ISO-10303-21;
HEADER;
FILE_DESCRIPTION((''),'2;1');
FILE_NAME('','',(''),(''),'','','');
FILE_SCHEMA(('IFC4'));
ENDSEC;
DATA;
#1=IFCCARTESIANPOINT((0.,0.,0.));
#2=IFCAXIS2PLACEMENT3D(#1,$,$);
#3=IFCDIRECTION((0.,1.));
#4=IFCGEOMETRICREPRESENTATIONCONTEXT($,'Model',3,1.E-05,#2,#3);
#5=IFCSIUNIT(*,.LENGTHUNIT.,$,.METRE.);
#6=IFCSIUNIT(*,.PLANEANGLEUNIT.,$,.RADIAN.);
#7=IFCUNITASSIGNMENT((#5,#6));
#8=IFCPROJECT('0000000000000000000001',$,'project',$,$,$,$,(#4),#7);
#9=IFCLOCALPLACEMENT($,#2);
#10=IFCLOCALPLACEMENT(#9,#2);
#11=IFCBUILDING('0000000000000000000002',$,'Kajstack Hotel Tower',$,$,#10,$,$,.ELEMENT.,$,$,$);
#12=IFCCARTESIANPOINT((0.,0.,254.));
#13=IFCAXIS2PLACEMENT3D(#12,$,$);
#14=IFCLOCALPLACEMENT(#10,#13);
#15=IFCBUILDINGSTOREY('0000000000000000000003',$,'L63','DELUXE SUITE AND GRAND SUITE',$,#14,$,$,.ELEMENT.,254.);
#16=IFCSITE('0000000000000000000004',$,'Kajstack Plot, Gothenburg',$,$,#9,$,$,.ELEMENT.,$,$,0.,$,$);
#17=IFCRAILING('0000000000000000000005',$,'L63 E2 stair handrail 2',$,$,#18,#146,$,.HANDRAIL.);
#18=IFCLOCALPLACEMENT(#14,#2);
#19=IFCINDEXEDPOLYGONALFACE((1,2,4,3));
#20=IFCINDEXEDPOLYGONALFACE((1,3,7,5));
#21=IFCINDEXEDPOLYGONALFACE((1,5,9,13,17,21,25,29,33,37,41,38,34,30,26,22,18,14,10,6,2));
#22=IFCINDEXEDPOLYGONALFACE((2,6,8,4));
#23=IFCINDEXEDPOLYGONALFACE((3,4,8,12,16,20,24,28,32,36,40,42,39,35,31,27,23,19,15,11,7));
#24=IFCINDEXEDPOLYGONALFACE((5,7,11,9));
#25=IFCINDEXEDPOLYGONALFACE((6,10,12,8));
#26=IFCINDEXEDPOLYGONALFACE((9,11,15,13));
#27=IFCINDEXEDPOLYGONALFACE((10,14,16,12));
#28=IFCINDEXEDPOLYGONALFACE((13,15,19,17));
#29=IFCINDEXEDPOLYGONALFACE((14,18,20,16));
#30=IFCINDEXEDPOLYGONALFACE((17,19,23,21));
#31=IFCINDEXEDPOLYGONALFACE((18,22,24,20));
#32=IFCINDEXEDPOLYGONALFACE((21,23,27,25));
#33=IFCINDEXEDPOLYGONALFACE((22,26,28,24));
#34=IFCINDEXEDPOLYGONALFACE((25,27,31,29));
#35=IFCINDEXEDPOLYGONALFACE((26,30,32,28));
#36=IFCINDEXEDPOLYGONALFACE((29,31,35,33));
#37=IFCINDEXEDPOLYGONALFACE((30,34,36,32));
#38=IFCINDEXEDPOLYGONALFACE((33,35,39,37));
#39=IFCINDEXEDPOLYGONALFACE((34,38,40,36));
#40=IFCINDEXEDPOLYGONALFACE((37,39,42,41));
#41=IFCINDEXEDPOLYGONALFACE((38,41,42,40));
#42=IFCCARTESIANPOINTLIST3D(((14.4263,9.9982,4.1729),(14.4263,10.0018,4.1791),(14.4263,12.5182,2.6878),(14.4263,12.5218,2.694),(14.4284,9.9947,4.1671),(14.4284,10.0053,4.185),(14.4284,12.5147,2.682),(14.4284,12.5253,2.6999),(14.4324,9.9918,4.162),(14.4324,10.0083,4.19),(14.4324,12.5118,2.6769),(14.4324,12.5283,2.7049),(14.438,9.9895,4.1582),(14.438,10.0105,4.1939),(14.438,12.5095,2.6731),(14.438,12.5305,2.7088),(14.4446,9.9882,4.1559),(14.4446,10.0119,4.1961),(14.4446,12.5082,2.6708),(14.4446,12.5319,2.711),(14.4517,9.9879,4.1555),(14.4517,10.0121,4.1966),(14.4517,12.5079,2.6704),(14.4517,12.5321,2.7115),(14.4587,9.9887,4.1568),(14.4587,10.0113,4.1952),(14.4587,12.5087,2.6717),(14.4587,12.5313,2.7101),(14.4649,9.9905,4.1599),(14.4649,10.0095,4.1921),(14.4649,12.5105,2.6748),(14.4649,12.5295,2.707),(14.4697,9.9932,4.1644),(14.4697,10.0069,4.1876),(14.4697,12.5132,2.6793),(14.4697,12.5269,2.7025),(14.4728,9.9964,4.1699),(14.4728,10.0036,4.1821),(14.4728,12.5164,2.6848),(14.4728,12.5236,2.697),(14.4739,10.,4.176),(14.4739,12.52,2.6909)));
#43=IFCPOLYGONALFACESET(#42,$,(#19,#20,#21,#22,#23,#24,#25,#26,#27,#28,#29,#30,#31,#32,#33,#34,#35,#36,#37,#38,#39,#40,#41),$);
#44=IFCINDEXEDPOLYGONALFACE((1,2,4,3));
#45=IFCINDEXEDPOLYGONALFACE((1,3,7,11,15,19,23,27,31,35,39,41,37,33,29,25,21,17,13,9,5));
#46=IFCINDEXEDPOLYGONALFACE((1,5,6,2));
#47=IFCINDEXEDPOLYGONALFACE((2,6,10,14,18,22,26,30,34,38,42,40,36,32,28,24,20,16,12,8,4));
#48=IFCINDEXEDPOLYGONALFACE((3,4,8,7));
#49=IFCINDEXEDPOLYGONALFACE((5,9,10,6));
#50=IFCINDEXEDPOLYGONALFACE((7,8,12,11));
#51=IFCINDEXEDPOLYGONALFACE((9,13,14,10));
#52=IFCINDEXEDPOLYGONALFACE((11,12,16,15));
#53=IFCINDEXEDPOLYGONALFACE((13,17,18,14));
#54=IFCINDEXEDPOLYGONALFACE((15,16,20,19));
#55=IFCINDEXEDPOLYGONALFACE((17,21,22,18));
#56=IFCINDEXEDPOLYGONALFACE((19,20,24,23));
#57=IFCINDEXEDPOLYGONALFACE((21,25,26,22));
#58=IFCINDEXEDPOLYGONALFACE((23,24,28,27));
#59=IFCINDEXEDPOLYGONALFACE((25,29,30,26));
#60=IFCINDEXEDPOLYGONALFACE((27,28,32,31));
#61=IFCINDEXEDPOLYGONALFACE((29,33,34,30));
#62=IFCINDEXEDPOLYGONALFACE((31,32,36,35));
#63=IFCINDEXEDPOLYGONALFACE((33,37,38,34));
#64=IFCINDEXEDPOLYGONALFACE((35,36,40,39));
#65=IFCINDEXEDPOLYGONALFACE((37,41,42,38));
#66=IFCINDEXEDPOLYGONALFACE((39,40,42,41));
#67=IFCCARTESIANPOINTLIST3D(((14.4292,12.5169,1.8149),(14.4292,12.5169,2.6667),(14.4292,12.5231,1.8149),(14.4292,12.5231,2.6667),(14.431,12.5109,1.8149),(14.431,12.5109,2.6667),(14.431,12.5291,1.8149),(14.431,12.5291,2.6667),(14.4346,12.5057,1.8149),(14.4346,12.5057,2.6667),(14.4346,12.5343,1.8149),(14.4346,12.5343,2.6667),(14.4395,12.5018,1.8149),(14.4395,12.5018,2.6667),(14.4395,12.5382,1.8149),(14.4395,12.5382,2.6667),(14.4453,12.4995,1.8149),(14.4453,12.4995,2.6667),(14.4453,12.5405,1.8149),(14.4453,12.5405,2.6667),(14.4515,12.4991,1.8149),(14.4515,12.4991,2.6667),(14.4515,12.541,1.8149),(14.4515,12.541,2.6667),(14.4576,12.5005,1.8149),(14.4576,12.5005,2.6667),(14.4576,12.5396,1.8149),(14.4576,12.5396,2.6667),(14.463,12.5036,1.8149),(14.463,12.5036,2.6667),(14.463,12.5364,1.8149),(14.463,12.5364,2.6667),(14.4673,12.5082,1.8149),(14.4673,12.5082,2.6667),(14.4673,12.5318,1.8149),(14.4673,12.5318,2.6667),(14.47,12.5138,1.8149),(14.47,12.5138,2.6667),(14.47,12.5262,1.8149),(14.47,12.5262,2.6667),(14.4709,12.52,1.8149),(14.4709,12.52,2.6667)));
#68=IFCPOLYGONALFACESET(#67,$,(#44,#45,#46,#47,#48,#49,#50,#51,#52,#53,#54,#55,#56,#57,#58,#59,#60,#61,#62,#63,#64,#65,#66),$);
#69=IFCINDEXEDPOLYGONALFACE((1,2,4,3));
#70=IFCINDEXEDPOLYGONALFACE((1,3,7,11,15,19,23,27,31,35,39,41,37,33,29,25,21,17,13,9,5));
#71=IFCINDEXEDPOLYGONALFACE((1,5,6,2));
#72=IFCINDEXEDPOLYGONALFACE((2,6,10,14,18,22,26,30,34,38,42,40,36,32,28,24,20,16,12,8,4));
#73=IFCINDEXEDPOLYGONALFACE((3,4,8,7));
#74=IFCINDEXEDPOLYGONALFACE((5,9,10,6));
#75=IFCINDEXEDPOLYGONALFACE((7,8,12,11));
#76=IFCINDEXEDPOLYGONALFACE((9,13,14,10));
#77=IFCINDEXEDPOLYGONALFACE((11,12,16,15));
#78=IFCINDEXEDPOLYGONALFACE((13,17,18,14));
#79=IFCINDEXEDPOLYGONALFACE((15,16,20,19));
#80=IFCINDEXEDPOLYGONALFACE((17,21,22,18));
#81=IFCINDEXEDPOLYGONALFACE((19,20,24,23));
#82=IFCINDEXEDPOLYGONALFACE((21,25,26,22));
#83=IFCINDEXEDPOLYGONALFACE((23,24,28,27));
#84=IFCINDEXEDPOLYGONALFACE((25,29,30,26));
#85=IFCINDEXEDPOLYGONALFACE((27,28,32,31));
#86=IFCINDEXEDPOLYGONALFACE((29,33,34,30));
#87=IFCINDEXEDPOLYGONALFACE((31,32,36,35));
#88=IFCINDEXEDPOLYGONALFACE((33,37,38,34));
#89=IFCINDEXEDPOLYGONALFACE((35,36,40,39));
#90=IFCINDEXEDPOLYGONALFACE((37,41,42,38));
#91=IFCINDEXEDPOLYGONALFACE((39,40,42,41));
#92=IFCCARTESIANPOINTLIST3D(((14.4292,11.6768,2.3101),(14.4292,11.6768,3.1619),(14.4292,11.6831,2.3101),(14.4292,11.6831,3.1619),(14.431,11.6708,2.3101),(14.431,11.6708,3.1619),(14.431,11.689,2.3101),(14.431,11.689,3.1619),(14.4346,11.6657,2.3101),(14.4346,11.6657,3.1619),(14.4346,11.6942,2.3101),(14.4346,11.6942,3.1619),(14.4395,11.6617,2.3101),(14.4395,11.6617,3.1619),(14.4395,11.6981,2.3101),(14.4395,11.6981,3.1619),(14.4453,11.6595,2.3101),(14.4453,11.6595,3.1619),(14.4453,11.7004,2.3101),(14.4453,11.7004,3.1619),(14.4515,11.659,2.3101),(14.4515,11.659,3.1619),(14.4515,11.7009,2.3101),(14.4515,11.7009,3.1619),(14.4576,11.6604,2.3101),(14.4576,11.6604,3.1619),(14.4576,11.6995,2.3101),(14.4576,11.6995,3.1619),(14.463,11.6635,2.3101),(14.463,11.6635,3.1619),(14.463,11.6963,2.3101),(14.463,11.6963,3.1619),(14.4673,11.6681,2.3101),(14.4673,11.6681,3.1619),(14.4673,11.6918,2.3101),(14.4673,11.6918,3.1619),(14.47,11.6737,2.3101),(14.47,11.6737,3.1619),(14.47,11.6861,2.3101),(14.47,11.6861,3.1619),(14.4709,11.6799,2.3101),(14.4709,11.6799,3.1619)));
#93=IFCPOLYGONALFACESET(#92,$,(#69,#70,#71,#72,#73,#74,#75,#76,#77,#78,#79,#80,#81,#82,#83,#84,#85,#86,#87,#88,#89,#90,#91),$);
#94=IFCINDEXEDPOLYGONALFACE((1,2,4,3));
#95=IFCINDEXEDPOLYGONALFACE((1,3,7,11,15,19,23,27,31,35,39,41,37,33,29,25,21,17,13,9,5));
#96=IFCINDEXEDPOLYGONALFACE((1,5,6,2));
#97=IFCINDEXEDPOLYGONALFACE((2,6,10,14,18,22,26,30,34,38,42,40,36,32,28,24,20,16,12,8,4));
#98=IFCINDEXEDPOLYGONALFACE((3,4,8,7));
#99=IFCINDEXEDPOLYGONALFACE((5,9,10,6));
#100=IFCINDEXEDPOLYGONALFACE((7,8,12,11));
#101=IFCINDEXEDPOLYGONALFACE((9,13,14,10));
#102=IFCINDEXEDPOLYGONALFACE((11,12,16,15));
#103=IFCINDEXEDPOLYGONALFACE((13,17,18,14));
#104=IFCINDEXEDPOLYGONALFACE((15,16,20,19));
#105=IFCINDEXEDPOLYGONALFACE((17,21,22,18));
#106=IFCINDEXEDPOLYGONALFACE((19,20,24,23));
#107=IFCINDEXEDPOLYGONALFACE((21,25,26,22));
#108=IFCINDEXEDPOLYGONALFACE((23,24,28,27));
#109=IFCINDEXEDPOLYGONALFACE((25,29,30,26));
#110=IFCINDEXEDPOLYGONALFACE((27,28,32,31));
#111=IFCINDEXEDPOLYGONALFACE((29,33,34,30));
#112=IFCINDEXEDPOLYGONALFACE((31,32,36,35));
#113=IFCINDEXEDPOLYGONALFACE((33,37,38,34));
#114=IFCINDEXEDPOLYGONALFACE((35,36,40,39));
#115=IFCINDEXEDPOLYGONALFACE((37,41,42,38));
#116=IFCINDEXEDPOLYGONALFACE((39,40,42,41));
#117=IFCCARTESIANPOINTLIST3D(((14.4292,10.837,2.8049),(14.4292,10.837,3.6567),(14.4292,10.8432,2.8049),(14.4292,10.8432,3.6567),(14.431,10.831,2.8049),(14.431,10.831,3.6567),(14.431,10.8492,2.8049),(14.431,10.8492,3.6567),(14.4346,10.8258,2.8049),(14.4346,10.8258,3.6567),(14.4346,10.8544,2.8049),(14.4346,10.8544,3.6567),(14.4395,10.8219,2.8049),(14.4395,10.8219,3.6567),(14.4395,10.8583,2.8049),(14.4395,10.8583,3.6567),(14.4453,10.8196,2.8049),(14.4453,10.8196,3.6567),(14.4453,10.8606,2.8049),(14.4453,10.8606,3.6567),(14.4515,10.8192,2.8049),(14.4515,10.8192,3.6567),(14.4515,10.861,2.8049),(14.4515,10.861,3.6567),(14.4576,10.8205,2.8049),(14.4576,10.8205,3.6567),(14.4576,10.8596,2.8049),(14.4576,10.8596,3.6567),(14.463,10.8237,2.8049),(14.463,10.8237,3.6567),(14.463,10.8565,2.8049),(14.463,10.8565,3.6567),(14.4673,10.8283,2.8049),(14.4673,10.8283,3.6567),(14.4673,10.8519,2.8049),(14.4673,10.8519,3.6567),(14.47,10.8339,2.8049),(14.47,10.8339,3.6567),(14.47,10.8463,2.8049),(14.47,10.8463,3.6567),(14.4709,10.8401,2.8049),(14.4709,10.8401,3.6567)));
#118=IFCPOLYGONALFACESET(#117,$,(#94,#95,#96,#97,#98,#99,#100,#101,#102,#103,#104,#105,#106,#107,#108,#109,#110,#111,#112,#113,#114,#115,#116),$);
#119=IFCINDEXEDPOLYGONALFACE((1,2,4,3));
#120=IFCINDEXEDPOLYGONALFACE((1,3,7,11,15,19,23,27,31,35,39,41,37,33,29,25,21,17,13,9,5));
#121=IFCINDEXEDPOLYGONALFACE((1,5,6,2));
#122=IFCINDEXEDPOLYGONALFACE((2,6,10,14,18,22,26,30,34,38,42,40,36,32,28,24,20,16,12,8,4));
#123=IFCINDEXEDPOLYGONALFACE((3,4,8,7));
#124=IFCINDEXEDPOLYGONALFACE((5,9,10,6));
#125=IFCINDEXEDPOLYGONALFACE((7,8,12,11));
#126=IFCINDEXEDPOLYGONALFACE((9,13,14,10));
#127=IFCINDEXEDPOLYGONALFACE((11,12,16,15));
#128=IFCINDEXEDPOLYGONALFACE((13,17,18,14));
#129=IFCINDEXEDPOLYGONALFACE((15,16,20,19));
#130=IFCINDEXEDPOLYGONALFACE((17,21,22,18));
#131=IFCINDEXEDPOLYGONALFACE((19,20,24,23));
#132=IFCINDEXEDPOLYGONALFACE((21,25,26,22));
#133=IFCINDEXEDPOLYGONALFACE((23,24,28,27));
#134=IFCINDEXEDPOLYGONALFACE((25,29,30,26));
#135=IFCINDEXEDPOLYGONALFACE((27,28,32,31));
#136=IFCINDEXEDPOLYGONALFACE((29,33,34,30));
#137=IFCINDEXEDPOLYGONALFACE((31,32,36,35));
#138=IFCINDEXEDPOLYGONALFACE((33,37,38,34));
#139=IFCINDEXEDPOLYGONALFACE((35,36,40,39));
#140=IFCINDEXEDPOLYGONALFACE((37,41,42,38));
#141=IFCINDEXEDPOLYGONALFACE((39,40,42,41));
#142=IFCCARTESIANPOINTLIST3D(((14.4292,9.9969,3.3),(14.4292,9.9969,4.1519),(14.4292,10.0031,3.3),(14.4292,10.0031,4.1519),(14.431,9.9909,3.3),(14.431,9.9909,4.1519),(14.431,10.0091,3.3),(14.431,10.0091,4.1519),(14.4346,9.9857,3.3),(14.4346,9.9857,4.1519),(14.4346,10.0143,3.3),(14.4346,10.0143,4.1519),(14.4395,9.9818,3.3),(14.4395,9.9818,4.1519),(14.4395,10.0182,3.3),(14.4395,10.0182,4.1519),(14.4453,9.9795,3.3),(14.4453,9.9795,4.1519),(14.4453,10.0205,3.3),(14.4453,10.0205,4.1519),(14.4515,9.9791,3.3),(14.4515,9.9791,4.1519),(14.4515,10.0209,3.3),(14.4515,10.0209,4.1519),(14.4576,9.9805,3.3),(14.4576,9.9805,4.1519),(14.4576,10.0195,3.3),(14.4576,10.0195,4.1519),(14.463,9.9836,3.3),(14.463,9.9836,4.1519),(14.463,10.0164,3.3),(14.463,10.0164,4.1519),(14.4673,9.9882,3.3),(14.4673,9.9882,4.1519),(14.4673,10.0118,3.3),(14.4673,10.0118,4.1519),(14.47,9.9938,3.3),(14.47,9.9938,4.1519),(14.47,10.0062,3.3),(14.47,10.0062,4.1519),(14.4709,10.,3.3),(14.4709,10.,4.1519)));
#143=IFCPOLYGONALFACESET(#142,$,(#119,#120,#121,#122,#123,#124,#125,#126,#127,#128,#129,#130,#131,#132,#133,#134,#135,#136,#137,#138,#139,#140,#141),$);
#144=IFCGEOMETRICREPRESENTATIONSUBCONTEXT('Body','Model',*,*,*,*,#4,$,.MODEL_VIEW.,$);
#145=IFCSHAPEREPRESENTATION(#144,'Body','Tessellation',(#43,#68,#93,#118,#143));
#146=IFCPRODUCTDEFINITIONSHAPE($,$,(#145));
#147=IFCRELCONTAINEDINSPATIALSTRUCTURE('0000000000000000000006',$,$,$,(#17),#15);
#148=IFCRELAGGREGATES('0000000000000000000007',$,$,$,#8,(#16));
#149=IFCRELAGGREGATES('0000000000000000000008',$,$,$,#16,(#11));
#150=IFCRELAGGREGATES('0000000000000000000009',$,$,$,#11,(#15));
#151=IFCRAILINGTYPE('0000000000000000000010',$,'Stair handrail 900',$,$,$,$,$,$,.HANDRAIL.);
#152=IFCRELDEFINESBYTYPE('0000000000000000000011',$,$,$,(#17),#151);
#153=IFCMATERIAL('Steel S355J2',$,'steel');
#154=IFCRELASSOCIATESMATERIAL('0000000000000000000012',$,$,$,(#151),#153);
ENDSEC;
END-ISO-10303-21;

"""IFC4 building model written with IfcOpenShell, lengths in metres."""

from ifc_helpers import new_model, si_unit, direction, frame, origin, origin_2d, place, context, subcontext, project, spatial, circle, extrude, material, type_object, element, save


model = new_model("IFC4")

# Units and contexts
model_context = context("Model", 3, precision=1e-05, world=origin(), true_north=direction((0.0, 1.0)))
body_context = subcontext(model_context, "Body", "Model", "MODEL_VIEW")
ifc_project = project(units=[si_unit("LENGTHUNIT", "METRE"), si_unit("PLANEANGLEUNIT", "RADIAN")], contexts=[model_context])

# Site, building, storey
site_placement = place(None, origin())
site = spatial("IfcSite", under=ifc_project, at=site_placement, Name="Kajstack Plot, Gothenburg", CompositionType="ELEMENT", RefElevation=0.0)
building_placement = place(site_placement, origin())
building = spatial("IfcBuilding", under=site, at=building_placement, Name="Kajstack Hotel Tower", CompositionType="ELEMENT")
storey_placement = place(building_placement, frame((0.0, 0.0, 254.0)))
storey = spatial("IfcBuildingStorey", under=building, at=storey_placement, Name="L63", Description="DELUXE SUITE AND GRAND SUITE", CompositionType="ELEMENT", Elevation=254.0)

# Railing
ifc_material_1 = material(Name="Steel S355J2", Category="steel")
railing_type = type_object("IfcRailingType", Name="Stair handrail 900", PredefinedType="HANDRAIL", material=ifc_material_1)
railing_placement = place(storey_placement, frame((14.45, 12.52, 1.8149)))
element("IfcRailing", 1, at=railing_placement, inside=storey, type_object=railing_type, Name="L63 E2 stair handrail 2", PredefinedType="HANDRAIL", context=body_context, shape_type="SweptSolid", body=[
    extrude(circle(Radius=0.0239, at=origin_2d()), frame((0.0, 0.0, 0.876), z_axis=(0.0, -0.861524, 0.507717), x_axis=(1.0, 0.0, 0.0)), (0.0, 0.0, 1.0), 2.925),
    extrude(circle(Radius=0.021, at=origin_2d()), origin(), (0.0, 0.0, 1.0), 0.8518),
    extrude(circle(Radius=0.021, at=origin_2d()), frame((0.0, -0.8401, 0.4951)), (0.0, 0.0, 1.0), 0.8518),
    extrude(circle(Radius=0.021, at=origin_2d()), frame((0.0, -1.6799, 0.99)), (0.0, 0.0, 1.0), 0.8518),
    extrude(circle(Radius=0.021, at=origin_2d()), frame((0.0, -2.52, 1.4851)), (0.0, 0.0, 1.0), 0.8518),
])

save(model, "model.ifc")
